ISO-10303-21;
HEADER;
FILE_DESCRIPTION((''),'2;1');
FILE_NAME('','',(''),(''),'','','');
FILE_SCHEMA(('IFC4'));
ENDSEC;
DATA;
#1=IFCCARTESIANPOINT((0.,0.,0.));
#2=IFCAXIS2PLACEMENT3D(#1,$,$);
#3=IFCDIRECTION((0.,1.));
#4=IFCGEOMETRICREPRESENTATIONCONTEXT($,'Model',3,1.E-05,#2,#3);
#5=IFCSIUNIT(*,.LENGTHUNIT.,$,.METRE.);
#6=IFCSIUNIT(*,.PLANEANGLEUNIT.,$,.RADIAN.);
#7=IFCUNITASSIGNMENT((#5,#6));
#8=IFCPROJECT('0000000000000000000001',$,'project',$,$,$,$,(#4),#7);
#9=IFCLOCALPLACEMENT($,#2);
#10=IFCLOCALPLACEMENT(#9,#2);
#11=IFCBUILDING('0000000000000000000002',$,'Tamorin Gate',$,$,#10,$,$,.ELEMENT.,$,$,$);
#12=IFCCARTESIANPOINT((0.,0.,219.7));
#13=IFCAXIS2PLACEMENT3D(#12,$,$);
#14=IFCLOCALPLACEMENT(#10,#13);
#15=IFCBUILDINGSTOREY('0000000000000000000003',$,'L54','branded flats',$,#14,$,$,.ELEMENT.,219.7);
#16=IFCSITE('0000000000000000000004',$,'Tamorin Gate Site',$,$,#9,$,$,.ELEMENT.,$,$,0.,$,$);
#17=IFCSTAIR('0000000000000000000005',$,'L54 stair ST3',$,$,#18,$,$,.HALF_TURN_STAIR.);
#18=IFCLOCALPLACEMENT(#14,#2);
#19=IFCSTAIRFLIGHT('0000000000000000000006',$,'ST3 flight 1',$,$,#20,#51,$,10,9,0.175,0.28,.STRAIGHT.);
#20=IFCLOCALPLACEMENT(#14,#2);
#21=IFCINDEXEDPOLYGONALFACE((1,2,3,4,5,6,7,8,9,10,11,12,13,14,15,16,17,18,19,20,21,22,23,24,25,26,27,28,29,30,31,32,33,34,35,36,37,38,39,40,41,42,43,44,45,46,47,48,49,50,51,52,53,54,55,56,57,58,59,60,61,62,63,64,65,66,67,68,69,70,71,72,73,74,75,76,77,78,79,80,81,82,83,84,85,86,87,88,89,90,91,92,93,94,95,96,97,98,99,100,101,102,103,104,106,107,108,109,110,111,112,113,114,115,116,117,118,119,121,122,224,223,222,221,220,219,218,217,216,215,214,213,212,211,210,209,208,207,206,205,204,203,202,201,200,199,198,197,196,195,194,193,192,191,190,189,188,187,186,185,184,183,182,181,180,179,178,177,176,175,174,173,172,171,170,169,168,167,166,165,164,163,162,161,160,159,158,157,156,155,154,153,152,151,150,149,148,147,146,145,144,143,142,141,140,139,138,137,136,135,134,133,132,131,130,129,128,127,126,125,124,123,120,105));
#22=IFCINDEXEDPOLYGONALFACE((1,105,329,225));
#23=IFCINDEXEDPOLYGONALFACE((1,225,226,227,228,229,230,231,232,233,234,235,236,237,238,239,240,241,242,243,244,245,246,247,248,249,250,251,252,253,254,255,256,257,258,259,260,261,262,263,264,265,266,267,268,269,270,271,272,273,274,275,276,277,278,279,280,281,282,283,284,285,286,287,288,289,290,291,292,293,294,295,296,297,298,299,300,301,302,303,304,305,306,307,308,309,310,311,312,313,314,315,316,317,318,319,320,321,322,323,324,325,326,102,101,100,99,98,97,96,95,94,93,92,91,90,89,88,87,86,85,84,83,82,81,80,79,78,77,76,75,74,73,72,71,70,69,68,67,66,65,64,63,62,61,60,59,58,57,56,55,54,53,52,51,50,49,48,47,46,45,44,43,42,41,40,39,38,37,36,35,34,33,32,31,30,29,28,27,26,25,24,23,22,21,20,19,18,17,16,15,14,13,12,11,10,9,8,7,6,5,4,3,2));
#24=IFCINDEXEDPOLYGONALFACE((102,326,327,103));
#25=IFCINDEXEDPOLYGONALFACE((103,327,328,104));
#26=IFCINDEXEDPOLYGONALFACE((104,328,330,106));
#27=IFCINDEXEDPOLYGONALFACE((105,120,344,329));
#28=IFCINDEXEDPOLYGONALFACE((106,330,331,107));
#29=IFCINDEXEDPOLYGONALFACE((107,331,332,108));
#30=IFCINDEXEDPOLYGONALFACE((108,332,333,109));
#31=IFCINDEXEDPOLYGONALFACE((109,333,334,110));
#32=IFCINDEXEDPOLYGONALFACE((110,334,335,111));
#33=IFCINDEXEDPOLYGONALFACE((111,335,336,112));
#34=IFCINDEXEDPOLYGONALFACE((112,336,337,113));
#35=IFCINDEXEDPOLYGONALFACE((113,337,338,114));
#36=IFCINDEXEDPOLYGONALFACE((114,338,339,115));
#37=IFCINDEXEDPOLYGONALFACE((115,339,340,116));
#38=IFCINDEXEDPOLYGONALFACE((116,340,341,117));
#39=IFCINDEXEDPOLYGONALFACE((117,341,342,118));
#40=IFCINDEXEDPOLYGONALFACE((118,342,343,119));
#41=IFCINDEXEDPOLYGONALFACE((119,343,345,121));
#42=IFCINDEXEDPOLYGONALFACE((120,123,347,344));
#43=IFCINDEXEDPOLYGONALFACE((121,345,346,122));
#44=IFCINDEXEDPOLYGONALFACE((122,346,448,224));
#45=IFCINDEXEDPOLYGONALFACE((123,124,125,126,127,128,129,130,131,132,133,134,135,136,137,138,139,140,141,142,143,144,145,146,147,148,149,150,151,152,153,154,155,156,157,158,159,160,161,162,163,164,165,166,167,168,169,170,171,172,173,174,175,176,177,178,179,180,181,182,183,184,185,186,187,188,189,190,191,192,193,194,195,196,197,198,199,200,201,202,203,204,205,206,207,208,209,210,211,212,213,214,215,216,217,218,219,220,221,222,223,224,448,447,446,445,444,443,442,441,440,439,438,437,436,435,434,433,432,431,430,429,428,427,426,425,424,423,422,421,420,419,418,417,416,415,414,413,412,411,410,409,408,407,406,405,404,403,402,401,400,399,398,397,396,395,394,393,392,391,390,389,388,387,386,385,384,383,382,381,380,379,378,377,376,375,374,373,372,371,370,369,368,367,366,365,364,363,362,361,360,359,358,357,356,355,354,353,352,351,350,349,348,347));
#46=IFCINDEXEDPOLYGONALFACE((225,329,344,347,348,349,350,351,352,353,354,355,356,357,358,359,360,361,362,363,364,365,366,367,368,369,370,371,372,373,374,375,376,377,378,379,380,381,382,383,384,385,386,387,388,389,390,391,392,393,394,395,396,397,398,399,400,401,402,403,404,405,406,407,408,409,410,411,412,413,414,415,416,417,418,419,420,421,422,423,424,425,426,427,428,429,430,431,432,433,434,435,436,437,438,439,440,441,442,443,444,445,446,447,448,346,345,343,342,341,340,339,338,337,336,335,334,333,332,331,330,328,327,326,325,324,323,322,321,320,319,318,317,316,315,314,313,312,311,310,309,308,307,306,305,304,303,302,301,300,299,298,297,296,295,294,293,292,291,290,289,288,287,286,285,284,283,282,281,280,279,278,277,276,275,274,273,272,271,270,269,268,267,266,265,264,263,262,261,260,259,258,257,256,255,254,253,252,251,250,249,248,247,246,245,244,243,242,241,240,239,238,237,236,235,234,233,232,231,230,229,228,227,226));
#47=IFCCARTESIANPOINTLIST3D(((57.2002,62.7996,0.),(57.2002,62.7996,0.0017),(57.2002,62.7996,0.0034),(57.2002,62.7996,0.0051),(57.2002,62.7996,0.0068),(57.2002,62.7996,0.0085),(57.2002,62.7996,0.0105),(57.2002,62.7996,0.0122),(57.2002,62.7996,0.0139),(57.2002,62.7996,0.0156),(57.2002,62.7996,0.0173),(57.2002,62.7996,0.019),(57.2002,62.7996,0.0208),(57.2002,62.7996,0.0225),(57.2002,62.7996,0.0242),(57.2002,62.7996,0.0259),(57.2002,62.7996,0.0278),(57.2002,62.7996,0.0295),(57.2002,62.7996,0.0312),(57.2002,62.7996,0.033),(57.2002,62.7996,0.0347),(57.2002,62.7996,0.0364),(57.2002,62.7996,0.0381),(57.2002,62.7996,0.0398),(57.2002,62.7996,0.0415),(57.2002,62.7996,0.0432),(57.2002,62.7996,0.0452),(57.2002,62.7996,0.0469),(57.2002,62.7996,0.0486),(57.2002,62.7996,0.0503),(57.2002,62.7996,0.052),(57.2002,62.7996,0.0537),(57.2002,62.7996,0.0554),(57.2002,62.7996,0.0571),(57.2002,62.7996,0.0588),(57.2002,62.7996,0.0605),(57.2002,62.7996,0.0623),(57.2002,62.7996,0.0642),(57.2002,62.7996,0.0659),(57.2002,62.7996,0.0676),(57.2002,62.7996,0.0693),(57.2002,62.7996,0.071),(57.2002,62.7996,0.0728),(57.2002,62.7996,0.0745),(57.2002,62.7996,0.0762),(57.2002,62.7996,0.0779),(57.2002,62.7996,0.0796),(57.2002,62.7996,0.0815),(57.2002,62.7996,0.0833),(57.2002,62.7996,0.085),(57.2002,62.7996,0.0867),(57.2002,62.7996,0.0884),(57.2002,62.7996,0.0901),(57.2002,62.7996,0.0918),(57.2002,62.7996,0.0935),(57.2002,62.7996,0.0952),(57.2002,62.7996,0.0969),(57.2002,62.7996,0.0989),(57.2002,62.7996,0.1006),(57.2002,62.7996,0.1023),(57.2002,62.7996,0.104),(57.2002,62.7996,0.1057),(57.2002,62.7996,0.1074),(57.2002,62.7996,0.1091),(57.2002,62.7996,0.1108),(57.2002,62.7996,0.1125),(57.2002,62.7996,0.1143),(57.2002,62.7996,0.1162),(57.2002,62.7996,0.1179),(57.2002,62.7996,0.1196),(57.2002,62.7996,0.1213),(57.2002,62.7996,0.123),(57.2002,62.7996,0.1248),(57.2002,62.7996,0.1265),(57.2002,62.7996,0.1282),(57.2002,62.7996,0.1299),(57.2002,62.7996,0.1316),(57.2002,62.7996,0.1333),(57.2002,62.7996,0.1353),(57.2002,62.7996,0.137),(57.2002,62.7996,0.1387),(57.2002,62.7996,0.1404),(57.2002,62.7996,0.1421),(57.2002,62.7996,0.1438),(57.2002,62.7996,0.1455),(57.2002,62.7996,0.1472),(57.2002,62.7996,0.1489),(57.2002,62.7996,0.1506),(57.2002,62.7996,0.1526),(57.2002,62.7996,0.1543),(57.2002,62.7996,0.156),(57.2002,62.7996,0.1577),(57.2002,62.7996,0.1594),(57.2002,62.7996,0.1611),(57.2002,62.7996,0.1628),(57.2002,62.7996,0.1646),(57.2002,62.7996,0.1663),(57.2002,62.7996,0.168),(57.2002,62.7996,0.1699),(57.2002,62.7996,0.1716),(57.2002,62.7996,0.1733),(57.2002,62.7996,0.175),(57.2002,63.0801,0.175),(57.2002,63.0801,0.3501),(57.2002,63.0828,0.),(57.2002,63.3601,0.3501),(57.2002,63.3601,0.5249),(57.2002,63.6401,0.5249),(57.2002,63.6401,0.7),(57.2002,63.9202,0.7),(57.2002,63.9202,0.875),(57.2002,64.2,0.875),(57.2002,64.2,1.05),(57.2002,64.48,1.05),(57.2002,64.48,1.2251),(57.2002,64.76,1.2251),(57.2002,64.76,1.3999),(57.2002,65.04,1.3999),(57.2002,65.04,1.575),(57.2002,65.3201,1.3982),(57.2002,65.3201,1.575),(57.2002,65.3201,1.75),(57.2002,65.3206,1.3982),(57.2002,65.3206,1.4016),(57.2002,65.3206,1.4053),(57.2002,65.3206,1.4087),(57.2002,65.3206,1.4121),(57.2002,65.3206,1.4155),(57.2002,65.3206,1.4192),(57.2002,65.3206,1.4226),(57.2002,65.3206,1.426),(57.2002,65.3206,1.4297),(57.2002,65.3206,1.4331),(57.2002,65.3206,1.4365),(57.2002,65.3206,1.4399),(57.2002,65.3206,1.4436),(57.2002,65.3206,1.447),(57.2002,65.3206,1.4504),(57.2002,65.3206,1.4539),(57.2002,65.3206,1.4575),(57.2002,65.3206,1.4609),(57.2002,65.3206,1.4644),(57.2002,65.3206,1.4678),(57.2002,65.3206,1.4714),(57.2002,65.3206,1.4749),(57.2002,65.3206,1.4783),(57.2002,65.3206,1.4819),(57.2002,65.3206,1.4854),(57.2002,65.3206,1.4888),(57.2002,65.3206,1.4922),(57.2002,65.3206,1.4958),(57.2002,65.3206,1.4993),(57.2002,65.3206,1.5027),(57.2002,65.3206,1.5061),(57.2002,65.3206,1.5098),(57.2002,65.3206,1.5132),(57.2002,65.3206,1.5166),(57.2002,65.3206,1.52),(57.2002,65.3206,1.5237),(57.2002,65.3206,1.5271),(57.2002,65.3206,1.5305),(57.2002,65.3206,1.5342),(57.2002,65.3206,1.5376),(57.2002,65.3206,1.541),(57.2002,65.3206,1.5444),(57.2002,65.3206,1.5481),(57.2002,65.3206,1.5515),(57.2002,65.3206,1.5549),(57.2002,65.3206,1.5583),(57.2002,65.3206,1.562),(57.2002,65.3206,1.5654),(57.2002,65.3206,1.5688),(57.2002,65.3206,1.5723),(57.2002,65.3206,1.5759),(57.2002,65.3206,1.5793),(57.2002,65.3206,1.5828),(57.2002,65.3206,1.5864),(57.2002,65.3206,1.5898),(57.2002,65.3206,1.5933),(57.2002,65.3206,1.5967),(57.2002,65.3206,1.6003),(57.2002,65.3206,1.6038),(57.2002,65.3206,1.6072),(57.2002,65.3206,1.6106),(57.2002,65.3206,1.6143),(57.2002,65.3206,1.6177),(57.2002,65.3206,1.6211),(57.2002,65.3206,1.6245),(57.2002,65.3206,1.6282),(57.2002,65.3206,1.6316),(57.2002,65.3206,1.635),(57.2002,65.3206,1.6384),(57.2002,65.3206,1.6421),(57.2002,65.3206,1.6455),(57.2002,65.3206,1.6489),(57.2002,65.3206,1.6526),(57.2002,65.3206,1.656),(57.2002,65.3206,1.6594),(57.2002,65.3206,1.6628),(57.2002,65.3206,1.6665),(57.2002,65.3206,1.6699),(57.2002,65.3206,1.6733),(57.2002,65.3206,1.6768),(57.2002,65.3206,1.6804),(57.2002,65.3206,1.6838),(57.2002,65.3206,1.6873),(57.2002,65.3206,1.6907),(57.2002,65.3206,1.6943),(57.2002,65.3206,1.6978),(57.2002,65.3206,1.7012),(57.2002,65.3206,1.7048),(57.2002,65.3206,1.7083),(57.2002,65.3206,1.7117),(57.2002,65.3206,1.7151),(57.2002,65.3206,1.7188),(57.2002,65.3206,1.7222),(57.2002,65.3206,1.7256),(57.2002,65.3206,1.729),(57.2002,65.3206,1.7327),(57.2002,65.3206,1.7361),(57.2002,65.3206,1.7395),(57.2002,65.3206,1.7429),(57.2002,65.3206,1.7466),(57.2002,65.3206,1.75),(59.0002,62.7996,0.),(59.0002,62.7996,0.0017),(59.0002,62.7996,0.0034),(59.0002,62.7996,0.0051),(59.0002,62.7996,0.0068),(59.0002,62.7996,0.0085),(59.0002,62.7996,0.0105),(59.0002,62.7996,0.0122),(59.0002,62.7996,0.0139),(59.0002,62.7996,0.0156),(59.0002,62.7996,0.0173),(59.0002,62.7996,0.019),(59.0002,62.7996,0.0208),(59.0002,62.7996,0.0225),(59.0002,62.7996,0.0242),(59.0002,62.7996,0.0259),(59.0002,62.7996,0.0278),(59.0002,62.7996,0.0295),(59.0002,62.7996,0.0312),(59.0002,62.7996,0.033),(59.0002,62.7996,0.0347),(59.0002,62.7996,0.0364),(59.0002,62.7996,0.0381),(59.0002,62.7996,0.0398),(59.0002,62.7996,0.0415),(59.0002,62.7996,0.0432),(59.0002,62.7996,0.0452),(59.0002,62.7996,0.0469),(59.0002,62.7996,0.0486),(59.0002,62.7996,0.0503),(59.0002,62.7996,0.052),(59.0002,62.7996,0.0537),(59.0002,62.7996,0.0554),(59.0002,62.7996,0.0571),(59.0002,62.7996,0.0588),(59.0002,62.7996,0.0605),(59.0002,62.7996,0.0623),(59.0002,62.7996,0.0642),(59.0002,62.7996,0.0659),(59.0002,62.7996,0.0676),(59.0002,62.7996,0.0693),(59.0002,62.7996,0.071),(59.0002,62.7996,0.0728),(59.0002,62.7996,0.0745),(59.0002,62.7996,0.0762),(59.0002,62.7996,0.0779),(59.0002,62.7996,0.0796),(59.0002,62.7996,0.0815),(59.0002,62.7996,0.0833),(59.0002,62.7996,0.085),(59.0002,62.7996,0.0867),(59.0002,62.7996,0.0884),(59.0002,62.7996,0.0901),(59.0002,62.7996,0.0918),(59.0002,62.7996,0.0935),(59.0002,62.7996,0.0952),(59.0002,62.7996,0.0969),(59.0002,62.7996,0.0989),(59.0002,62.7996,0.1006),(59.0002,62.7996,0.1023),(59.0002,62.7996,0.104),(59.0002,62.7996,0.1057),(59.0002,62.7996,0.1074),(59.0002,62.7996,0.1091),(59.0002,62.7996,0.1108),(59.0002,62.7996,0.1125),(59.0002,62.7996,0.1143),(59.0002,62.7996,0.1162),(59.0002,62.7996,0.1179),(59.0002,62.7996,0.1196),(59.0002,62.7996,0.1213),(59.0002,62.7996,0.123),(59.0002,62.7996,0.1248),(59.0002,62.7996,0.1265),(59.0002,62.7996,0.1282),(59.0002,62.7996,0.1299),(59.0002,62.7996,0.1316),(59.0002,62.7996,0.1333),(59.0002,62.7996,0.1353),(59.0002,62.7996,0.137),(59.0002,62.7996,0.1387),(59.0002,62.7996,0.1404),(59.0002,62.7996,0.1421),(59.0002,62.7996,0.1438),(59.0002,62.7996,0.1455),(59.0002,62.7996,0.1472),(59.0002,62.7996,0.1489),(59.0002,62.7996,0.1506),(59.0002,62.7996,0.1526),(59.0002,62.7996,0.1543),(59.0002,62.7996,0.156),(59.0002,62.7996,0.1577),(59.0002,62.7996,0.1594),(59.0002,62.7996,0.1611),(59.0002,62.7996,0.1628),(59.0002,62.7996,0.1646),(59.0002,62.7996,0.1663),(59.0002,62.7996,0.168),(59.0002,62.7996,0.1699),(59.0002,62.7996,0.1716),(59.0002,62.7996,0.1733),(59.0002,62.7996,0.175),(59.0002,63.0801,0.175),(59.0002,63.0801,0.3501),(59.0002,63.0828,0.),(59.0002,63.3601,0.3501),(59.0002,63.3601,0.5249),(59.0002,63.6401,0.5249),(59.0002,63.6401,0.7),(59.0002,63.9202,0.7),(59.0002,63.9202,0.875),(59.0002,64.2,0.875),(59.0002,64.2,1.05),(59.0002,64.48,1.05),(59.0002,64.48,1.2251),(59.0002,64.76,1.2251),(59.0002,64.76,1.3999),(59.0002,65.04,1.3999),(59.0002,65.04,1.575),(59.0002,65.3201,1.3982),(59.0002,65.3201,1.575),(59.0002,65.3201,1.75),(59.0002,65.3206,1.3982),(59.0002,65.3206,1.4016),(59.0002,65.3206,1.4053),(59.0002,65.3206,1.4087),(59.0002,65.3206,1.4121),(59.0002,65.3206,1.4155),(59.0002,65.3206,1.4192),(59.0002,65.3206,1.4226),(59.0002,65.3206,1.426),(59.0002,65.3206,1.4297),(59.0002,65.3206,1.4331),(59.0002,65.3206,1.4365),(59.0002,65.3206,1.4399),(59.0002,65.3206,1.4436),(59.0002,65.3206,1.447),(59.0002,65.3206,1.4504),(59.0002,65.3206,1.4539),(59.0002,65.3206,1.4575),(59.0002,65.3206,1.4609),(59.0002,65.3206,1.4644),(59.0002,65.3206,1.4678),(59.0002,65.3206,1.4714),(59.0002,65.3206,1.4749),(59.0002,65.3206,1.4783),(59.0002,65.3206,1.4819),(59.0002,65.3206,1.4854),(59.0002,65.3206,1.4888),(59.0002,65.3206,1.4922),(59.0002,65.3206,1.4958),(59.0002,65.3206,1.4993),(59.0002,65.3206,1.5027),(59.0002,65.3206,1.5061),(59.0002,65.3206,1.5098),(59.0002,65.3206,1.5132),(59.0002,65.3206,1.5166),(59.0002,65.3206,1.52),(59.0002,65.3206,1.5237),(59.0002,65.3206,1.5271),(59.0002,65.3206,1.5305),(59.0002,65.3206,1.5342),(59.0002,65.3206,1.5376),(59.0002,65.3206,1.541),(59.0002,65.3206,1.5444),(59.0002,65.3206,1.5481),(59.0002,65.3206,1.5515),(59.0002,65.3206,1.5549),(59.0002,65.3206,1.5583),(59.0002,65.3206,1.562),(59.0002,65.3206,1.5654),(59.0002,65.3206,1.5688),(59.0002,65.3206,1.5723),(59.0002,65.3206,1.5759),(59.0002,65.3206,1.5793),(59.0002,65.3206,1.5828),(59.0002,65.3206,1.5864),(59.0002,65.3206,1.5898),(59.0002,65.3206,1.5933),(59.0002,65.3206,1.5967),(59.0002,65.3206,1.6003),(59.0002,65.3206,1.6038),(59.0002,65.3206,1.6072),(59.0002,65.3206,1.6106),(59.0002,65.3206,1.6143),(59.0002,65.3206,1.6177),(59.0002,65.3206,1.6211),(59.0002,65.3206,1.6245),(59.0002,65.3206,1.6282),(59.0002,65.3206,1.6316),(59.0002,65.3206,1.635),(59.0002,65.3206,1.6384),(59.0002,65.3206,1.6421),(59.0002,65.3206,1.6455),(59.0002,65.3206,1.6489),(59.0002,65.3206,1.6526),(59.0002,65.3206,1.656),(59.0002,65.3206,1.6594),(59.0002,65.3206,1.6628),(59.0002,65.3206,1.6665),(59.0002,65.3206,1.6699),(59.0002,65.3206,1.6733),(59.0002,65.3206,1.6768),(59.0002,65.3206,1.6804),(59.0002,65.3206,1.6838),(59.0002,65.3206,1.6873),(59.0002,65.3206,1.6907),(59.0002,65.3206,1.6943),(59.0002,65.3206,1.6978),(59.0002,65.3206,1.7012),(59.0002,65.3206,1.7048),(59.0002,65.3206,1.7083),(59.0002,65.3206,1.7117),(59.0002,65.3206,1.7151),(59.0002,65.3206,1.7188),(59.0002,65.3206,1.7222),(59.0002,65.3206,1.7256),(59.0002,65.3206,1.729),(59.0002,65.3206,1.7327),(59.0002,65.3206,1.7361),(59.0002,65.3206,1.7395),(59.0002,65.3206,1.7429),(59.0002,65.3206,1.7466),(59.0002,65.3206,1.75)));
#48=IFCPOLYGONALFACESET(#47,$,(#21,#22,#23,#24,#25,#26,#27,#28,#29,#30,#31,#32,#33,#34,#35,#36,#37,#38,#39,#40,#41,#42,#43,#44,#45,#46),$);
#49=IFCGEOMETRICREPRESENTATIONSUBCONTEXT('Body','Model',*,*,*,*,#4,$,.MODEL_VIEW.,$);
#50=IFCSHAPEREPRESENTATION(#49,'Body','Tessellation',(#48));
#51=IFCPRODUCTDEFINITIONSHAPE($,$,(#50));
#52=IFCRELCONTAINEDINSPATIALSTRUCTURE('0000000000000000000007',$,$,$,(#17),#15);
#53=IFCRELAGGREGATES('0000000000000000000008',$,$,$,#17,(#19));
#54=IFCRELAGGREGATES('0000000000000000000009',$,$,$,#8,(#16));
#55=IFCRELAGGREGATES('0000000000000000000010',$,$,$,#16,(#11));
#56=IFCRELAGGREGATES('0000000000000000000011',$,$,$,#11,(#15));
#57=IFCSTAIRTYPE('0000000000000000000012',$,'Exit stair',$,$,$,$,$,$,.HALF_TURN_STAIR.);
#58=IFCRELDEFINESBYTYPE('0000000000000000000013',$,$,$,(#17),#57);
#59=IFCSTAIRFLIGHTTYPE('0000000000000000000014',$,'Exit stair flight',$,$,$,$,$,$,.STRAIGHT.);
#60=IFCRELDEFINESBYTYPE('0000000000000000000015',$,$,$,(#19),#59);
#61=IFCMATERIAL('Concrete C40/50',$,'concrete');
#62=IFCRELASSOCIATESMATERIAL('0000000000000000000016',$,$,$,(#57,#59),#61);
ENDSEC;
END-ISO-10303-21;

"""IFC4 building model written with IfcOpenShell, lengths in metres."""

from ifc_helpers import new_model, si_unit, direction, frame, origin, place, context, subcontext, project, spatial, polyline, outline, extrude, material, type_object, element, aggregate, save


model = new_model("IFC4")

# Units and contexts
model_context = context("Model", 3, precision=1e-05, world=origin(), true_north=direction((0.0, 1.0)))
body_context = subcontext(model_context, "Body", "Model", "MODEL_VIEW")
ifc_project = project(units=[si_unit("LENGTHUNIT", "METRE"), si_unit("PLANEANGLEUNIT", "RADIAN")], contexts=[model_context])

# Site, building, storey
site_placement = place(None, origin())
site = spatial("IfcSite", under=ifc_project, at=site_placement, Name="Tamorin Gate Site", CompositionType="ELEMENT", RefElevation=0.0)
building_placement = place(site_placement, origin())
building = spatial("IfcBuilding", under=site, at=building_placement, Name="Tamorin Gate", CompositionType="ELEMENT")
storey_placement = place(building_placement, frame((0.0, 0.0, 219.7)))
storey = spatial("IfcBuildingStorey", under=building, at=storey_placement, Name="L54", Description="branded flats", CompositionType="ELEMENT", Elevation=219.7)

# Shared definitions
ifc_material_1 = material(Name="Concrete C40/50", Category="concrete")

# Stair, stair flight
stair_type = type_object("IfcStairType", Name="Exit stair", PredefinedType="HALF_TURN_STAIR", material=ifc_material_1)
stair_placement = place(storey_placement, origin())
stair = element("IfcStair", 1, at=stair_placement, inside=storey, type_object=stair_type, Name="L54 stair ST3", PredefinedType="HALF_TURN_STAIR")
stair_flight_type = type_object("IfcStairFlightType", Name="Exit stair flight", PredefinedType="STRAIGHT", material=ifc_material_1)
stair_flight_1_placement = place(storey_placement, frame((58.1001, 62.8, 0.0), z_axis=(0.0, 0.0, 1.0), x_axis=(0.0, 1.0, 0.0)))
stair_flight_1 = element("IfcStairFlight", 2, at=stair_flight_1_placement, type_object=stair_flight_type, Name="ST3 flight 1", NumberOfRisers=10, NumberOfTreads=9, PredefinedType="STRAIGHT", RiserHeight=0.175, TreadLength=0.28, context=body_context, shape_type="SweptSolid", body=[
    extrude(outline(polyline([(-0.0005, 0.0), (-0.0005, 0.0017), (-0.0005, 0.0034), (-0.0005, 0.0051), (-0.0005, 0.0068), (-0.0005, 0.0085), (-0.0005, 0.0105), (-0.0005, 0.0122), (-0.0005, 0.0139), (-0.0005, 0.0156), (-0.0005, 0.0173), (-0.0005, 0.019), (-0.0005, 0.0208), (-0.0005, 0.0225), (-0.0005, 0.0242), (-0.0005, 0.0259), (-0.0005, 0.0278), (-0.0005, 0.0295), (-0.0005, 0.0312), (-0.0005, 0.033), (-0.0005, 0.0347), (-0.0005, 0.0364), (-0.0005, 0.0381), (-0.0005, 0.0398), (-0.0005, 0.0415), (-0.0005, 0.0432), (-0.0005, 0.0452), (-0.0005, 0.0469), (-0.0005, 0.0486), (-0.0005, 0.0503), (-0.0005, 0.052), (-0.0005, 0.0537), (-0.0005, 0.0554), (-0.0005, 0.0571), (-0.0005, 0.0588), (-0.0005, 0.0605), (-0.0005, 0.0623), (-0.0005, 0.0642), (-0.0005, 0.0659), (-0.0005, 0.0676), (-0.0005, 0.0693), (-0.0005, 0.071), (-0.0005, 0.0728), (-0.0005, 0.0745), (-0.0005, 0.0762), (-0.0005, 0.0779), (-0.0005, 0.0796), (-0.0005, 0.0815), (-0.0005, 0.0833), (-0.0005, 0.085), (-0.0005, 0.0867), (-0.0005, 0.0884), (-0.0005, 0.0901), (-0.0005, 0.0918), (-0.0005, 0.0935), (-0.0005, 0.0952), (-0.0005, 0.0969), (-0.0005, 0.0989), (-0.0005, 0.1006), (-0.0005, 0.1023), (-0.0005, 0.104), (-0.0005, 0.1057), (-0.0005, 0.1074), (-0.0005, 0.1091), (-0.0005, 0.1108), (-0.0005, 0.1125), (-0.0005, 0.1143), (-0.0005, 0.1162), (-0.0005, 0.1179), (-0.0005, 0.1196), (-0.0005, 0.1213), (-0.0005, 0.123), (-0.0005, 0.1248), (-0.0005, 0.1265), (-0.0005, 0.1282), (-0.0005, 0.1299), (-0.0005, 0.1316), (-0.0005, 0.1333), (-0.0005, 0.1353), (-0.0005, 0.137), (-0.0005, 0.1387), (-0.0005, 0.1404), (-0.0005, 0.1421), (-0.0005, 0.1438), (-0.0005, 0.1455), (-0.0005, 0.1472), (-0.0005, 0.1489), (-0.0005, 0.1506), (-0.0005, 0.1526), (-0.0005, 0.1543), (-0.0005, 0.156), (-0.0005, 0.1577), (-0.0005, 0.1594), (-0.0005, 0.1611), (-0.0005, 0.1628), (-0.0005, 0.1646), (-0.0005, 0.1663), (-0.0005, 0.168), (-0.0005, 0.1699), (-0.0005, 0.1716), (-0.0005, 0.1733), (-0.0005, 0.175), (0.28, 0.175), (0.28, 0.3501), (0.5601, 0.3501), (0.5601, 0.5249), (0.8401, 0.5249), (0.8401, 0.7), (1.1201, 0.7), (1.1201, 0.875), (1.3999, 0.875), (1.3999, 1.05), (1.6799, 1.05), (1.6799, 1.2251), (1.96, 1.2251), (1.96, 1.3999), (2.24, 1.3999), (2.24, 1.575), (2.52, 1.575), (2.52, 1.75), (2.5205, 1.75), (2.5205, 1.7466), (2.5205, 1.7429), (2.5205, 1.7395), (2.5205, 1.7361), (2.5205, 1.7327), (2.5205, 1.729), (2.5205, 1.7256), (2.5205, 1.7222), (2.5205, 1.7188), (2.5205, 1.7151), (2.5205, 1.7117), (2.5205, 1.7083), (2.5205, 1.7048), (2.5205, 1.7012), (2.5205, 1.6978), (2.5205, 1.6943), (2.5205, 1.6907), (2.5205, 1.6873), (2.5205, 1.6838), (2.5205, 1.6804), (2.5205, 1.6768), (2.5205, 1.6733), (2.5205, 1.6699), (2.5205, 1.6665), (2.5205, 1.6628), (2.5205, 1.6594), (2.5205, 1.656), (2.5205, 1.6526), (2.5205, 1.6489), (2.5205, 1.6455), (2.5205, 1.6421), (2.5205, 1.6384), (2.5205, 1.635), (2.5205, 1.6316), (2.5205, 1.6282), (2.5205, 1.6245), (2.5205, 1.6211), (2.5205, 1.6177), (2.5205, 1.6143), (2.5205, 1.6106), (2.5205, 1.6072), (2.5205, 1.6038), (2.5205, 1.6003), (2.5205, 1.5967), (2.5205, 1.5933), (2.5205, 1.5898), (2.5205, 1.5864), (2.5205, 1.5828), (2.5205, 1.5793), (2.5205, 1.5759), (2.5205, 1.5723), (2.5205, 1.5688), (2.5205, 1.5654), (2.5205, 1.562), (2.5205, 1.5583), (2.5205, 1.5549), (2.5205, 1.5515), (2.5205, 1.5481), (2.5205, 1.5444), (2.5205, 1.541), (2.5205, 1.5376), (2.5205, 1.5342), (2.5205, 1.5305), (2.5205, 1.5271), (2.5205, 1.5237), (2.5205, 1.52), (2.5205, 1.5166), (2.5205, 1.5132), (2.5205, 1.5098), (2.5205, 1.5061), (2.5205, 1.5027), (2.5205, 1.4993), (2.5205, 1.4958), (2.5205, 1.4922), (2.5205, 1.4888), (2.5205, 1.4854), (2.5205, 1.4819), (2.5205, 1.4783), (2.5205, 1.4749), (2.5205, 1.4714), (2.5205, 1.4678), (2.5205, 1.4644), (2.5205, 1.4609), (2.5205, 1.4575), (2.5205, 1.4539), (2.5205, 1.4504), (2.5205, 1.447), (2.5205, 1.4436), (2.5205, 1.4399), (2.5205, 1.4365), (2.5205, 1.4331), (2.5205, 1.4297), (2.5205, 1.426), (2.5205, 1.4226), (2.5205, 1.4192), (2.5205, 1.4155), (2.5205, 1.4121), (2.5205, 1.4087), (2.5205, 1.4053), (2.5205, 1.4016), (2.5205, 1.3982), (2.52, 1.3982), (0.2827, 0.0), (-0.0005, 0.0)])), frame((0.0, 0.8999, 0.0), z_axis=(0.0, -1.0, 0.0), x_axis=(1.0, 0.0, 0.0)), (0.0, 0.0, 1.0), 1.8),
])
aggregate(stair, [stair_flight_1])

save(model, "model.ifc")
